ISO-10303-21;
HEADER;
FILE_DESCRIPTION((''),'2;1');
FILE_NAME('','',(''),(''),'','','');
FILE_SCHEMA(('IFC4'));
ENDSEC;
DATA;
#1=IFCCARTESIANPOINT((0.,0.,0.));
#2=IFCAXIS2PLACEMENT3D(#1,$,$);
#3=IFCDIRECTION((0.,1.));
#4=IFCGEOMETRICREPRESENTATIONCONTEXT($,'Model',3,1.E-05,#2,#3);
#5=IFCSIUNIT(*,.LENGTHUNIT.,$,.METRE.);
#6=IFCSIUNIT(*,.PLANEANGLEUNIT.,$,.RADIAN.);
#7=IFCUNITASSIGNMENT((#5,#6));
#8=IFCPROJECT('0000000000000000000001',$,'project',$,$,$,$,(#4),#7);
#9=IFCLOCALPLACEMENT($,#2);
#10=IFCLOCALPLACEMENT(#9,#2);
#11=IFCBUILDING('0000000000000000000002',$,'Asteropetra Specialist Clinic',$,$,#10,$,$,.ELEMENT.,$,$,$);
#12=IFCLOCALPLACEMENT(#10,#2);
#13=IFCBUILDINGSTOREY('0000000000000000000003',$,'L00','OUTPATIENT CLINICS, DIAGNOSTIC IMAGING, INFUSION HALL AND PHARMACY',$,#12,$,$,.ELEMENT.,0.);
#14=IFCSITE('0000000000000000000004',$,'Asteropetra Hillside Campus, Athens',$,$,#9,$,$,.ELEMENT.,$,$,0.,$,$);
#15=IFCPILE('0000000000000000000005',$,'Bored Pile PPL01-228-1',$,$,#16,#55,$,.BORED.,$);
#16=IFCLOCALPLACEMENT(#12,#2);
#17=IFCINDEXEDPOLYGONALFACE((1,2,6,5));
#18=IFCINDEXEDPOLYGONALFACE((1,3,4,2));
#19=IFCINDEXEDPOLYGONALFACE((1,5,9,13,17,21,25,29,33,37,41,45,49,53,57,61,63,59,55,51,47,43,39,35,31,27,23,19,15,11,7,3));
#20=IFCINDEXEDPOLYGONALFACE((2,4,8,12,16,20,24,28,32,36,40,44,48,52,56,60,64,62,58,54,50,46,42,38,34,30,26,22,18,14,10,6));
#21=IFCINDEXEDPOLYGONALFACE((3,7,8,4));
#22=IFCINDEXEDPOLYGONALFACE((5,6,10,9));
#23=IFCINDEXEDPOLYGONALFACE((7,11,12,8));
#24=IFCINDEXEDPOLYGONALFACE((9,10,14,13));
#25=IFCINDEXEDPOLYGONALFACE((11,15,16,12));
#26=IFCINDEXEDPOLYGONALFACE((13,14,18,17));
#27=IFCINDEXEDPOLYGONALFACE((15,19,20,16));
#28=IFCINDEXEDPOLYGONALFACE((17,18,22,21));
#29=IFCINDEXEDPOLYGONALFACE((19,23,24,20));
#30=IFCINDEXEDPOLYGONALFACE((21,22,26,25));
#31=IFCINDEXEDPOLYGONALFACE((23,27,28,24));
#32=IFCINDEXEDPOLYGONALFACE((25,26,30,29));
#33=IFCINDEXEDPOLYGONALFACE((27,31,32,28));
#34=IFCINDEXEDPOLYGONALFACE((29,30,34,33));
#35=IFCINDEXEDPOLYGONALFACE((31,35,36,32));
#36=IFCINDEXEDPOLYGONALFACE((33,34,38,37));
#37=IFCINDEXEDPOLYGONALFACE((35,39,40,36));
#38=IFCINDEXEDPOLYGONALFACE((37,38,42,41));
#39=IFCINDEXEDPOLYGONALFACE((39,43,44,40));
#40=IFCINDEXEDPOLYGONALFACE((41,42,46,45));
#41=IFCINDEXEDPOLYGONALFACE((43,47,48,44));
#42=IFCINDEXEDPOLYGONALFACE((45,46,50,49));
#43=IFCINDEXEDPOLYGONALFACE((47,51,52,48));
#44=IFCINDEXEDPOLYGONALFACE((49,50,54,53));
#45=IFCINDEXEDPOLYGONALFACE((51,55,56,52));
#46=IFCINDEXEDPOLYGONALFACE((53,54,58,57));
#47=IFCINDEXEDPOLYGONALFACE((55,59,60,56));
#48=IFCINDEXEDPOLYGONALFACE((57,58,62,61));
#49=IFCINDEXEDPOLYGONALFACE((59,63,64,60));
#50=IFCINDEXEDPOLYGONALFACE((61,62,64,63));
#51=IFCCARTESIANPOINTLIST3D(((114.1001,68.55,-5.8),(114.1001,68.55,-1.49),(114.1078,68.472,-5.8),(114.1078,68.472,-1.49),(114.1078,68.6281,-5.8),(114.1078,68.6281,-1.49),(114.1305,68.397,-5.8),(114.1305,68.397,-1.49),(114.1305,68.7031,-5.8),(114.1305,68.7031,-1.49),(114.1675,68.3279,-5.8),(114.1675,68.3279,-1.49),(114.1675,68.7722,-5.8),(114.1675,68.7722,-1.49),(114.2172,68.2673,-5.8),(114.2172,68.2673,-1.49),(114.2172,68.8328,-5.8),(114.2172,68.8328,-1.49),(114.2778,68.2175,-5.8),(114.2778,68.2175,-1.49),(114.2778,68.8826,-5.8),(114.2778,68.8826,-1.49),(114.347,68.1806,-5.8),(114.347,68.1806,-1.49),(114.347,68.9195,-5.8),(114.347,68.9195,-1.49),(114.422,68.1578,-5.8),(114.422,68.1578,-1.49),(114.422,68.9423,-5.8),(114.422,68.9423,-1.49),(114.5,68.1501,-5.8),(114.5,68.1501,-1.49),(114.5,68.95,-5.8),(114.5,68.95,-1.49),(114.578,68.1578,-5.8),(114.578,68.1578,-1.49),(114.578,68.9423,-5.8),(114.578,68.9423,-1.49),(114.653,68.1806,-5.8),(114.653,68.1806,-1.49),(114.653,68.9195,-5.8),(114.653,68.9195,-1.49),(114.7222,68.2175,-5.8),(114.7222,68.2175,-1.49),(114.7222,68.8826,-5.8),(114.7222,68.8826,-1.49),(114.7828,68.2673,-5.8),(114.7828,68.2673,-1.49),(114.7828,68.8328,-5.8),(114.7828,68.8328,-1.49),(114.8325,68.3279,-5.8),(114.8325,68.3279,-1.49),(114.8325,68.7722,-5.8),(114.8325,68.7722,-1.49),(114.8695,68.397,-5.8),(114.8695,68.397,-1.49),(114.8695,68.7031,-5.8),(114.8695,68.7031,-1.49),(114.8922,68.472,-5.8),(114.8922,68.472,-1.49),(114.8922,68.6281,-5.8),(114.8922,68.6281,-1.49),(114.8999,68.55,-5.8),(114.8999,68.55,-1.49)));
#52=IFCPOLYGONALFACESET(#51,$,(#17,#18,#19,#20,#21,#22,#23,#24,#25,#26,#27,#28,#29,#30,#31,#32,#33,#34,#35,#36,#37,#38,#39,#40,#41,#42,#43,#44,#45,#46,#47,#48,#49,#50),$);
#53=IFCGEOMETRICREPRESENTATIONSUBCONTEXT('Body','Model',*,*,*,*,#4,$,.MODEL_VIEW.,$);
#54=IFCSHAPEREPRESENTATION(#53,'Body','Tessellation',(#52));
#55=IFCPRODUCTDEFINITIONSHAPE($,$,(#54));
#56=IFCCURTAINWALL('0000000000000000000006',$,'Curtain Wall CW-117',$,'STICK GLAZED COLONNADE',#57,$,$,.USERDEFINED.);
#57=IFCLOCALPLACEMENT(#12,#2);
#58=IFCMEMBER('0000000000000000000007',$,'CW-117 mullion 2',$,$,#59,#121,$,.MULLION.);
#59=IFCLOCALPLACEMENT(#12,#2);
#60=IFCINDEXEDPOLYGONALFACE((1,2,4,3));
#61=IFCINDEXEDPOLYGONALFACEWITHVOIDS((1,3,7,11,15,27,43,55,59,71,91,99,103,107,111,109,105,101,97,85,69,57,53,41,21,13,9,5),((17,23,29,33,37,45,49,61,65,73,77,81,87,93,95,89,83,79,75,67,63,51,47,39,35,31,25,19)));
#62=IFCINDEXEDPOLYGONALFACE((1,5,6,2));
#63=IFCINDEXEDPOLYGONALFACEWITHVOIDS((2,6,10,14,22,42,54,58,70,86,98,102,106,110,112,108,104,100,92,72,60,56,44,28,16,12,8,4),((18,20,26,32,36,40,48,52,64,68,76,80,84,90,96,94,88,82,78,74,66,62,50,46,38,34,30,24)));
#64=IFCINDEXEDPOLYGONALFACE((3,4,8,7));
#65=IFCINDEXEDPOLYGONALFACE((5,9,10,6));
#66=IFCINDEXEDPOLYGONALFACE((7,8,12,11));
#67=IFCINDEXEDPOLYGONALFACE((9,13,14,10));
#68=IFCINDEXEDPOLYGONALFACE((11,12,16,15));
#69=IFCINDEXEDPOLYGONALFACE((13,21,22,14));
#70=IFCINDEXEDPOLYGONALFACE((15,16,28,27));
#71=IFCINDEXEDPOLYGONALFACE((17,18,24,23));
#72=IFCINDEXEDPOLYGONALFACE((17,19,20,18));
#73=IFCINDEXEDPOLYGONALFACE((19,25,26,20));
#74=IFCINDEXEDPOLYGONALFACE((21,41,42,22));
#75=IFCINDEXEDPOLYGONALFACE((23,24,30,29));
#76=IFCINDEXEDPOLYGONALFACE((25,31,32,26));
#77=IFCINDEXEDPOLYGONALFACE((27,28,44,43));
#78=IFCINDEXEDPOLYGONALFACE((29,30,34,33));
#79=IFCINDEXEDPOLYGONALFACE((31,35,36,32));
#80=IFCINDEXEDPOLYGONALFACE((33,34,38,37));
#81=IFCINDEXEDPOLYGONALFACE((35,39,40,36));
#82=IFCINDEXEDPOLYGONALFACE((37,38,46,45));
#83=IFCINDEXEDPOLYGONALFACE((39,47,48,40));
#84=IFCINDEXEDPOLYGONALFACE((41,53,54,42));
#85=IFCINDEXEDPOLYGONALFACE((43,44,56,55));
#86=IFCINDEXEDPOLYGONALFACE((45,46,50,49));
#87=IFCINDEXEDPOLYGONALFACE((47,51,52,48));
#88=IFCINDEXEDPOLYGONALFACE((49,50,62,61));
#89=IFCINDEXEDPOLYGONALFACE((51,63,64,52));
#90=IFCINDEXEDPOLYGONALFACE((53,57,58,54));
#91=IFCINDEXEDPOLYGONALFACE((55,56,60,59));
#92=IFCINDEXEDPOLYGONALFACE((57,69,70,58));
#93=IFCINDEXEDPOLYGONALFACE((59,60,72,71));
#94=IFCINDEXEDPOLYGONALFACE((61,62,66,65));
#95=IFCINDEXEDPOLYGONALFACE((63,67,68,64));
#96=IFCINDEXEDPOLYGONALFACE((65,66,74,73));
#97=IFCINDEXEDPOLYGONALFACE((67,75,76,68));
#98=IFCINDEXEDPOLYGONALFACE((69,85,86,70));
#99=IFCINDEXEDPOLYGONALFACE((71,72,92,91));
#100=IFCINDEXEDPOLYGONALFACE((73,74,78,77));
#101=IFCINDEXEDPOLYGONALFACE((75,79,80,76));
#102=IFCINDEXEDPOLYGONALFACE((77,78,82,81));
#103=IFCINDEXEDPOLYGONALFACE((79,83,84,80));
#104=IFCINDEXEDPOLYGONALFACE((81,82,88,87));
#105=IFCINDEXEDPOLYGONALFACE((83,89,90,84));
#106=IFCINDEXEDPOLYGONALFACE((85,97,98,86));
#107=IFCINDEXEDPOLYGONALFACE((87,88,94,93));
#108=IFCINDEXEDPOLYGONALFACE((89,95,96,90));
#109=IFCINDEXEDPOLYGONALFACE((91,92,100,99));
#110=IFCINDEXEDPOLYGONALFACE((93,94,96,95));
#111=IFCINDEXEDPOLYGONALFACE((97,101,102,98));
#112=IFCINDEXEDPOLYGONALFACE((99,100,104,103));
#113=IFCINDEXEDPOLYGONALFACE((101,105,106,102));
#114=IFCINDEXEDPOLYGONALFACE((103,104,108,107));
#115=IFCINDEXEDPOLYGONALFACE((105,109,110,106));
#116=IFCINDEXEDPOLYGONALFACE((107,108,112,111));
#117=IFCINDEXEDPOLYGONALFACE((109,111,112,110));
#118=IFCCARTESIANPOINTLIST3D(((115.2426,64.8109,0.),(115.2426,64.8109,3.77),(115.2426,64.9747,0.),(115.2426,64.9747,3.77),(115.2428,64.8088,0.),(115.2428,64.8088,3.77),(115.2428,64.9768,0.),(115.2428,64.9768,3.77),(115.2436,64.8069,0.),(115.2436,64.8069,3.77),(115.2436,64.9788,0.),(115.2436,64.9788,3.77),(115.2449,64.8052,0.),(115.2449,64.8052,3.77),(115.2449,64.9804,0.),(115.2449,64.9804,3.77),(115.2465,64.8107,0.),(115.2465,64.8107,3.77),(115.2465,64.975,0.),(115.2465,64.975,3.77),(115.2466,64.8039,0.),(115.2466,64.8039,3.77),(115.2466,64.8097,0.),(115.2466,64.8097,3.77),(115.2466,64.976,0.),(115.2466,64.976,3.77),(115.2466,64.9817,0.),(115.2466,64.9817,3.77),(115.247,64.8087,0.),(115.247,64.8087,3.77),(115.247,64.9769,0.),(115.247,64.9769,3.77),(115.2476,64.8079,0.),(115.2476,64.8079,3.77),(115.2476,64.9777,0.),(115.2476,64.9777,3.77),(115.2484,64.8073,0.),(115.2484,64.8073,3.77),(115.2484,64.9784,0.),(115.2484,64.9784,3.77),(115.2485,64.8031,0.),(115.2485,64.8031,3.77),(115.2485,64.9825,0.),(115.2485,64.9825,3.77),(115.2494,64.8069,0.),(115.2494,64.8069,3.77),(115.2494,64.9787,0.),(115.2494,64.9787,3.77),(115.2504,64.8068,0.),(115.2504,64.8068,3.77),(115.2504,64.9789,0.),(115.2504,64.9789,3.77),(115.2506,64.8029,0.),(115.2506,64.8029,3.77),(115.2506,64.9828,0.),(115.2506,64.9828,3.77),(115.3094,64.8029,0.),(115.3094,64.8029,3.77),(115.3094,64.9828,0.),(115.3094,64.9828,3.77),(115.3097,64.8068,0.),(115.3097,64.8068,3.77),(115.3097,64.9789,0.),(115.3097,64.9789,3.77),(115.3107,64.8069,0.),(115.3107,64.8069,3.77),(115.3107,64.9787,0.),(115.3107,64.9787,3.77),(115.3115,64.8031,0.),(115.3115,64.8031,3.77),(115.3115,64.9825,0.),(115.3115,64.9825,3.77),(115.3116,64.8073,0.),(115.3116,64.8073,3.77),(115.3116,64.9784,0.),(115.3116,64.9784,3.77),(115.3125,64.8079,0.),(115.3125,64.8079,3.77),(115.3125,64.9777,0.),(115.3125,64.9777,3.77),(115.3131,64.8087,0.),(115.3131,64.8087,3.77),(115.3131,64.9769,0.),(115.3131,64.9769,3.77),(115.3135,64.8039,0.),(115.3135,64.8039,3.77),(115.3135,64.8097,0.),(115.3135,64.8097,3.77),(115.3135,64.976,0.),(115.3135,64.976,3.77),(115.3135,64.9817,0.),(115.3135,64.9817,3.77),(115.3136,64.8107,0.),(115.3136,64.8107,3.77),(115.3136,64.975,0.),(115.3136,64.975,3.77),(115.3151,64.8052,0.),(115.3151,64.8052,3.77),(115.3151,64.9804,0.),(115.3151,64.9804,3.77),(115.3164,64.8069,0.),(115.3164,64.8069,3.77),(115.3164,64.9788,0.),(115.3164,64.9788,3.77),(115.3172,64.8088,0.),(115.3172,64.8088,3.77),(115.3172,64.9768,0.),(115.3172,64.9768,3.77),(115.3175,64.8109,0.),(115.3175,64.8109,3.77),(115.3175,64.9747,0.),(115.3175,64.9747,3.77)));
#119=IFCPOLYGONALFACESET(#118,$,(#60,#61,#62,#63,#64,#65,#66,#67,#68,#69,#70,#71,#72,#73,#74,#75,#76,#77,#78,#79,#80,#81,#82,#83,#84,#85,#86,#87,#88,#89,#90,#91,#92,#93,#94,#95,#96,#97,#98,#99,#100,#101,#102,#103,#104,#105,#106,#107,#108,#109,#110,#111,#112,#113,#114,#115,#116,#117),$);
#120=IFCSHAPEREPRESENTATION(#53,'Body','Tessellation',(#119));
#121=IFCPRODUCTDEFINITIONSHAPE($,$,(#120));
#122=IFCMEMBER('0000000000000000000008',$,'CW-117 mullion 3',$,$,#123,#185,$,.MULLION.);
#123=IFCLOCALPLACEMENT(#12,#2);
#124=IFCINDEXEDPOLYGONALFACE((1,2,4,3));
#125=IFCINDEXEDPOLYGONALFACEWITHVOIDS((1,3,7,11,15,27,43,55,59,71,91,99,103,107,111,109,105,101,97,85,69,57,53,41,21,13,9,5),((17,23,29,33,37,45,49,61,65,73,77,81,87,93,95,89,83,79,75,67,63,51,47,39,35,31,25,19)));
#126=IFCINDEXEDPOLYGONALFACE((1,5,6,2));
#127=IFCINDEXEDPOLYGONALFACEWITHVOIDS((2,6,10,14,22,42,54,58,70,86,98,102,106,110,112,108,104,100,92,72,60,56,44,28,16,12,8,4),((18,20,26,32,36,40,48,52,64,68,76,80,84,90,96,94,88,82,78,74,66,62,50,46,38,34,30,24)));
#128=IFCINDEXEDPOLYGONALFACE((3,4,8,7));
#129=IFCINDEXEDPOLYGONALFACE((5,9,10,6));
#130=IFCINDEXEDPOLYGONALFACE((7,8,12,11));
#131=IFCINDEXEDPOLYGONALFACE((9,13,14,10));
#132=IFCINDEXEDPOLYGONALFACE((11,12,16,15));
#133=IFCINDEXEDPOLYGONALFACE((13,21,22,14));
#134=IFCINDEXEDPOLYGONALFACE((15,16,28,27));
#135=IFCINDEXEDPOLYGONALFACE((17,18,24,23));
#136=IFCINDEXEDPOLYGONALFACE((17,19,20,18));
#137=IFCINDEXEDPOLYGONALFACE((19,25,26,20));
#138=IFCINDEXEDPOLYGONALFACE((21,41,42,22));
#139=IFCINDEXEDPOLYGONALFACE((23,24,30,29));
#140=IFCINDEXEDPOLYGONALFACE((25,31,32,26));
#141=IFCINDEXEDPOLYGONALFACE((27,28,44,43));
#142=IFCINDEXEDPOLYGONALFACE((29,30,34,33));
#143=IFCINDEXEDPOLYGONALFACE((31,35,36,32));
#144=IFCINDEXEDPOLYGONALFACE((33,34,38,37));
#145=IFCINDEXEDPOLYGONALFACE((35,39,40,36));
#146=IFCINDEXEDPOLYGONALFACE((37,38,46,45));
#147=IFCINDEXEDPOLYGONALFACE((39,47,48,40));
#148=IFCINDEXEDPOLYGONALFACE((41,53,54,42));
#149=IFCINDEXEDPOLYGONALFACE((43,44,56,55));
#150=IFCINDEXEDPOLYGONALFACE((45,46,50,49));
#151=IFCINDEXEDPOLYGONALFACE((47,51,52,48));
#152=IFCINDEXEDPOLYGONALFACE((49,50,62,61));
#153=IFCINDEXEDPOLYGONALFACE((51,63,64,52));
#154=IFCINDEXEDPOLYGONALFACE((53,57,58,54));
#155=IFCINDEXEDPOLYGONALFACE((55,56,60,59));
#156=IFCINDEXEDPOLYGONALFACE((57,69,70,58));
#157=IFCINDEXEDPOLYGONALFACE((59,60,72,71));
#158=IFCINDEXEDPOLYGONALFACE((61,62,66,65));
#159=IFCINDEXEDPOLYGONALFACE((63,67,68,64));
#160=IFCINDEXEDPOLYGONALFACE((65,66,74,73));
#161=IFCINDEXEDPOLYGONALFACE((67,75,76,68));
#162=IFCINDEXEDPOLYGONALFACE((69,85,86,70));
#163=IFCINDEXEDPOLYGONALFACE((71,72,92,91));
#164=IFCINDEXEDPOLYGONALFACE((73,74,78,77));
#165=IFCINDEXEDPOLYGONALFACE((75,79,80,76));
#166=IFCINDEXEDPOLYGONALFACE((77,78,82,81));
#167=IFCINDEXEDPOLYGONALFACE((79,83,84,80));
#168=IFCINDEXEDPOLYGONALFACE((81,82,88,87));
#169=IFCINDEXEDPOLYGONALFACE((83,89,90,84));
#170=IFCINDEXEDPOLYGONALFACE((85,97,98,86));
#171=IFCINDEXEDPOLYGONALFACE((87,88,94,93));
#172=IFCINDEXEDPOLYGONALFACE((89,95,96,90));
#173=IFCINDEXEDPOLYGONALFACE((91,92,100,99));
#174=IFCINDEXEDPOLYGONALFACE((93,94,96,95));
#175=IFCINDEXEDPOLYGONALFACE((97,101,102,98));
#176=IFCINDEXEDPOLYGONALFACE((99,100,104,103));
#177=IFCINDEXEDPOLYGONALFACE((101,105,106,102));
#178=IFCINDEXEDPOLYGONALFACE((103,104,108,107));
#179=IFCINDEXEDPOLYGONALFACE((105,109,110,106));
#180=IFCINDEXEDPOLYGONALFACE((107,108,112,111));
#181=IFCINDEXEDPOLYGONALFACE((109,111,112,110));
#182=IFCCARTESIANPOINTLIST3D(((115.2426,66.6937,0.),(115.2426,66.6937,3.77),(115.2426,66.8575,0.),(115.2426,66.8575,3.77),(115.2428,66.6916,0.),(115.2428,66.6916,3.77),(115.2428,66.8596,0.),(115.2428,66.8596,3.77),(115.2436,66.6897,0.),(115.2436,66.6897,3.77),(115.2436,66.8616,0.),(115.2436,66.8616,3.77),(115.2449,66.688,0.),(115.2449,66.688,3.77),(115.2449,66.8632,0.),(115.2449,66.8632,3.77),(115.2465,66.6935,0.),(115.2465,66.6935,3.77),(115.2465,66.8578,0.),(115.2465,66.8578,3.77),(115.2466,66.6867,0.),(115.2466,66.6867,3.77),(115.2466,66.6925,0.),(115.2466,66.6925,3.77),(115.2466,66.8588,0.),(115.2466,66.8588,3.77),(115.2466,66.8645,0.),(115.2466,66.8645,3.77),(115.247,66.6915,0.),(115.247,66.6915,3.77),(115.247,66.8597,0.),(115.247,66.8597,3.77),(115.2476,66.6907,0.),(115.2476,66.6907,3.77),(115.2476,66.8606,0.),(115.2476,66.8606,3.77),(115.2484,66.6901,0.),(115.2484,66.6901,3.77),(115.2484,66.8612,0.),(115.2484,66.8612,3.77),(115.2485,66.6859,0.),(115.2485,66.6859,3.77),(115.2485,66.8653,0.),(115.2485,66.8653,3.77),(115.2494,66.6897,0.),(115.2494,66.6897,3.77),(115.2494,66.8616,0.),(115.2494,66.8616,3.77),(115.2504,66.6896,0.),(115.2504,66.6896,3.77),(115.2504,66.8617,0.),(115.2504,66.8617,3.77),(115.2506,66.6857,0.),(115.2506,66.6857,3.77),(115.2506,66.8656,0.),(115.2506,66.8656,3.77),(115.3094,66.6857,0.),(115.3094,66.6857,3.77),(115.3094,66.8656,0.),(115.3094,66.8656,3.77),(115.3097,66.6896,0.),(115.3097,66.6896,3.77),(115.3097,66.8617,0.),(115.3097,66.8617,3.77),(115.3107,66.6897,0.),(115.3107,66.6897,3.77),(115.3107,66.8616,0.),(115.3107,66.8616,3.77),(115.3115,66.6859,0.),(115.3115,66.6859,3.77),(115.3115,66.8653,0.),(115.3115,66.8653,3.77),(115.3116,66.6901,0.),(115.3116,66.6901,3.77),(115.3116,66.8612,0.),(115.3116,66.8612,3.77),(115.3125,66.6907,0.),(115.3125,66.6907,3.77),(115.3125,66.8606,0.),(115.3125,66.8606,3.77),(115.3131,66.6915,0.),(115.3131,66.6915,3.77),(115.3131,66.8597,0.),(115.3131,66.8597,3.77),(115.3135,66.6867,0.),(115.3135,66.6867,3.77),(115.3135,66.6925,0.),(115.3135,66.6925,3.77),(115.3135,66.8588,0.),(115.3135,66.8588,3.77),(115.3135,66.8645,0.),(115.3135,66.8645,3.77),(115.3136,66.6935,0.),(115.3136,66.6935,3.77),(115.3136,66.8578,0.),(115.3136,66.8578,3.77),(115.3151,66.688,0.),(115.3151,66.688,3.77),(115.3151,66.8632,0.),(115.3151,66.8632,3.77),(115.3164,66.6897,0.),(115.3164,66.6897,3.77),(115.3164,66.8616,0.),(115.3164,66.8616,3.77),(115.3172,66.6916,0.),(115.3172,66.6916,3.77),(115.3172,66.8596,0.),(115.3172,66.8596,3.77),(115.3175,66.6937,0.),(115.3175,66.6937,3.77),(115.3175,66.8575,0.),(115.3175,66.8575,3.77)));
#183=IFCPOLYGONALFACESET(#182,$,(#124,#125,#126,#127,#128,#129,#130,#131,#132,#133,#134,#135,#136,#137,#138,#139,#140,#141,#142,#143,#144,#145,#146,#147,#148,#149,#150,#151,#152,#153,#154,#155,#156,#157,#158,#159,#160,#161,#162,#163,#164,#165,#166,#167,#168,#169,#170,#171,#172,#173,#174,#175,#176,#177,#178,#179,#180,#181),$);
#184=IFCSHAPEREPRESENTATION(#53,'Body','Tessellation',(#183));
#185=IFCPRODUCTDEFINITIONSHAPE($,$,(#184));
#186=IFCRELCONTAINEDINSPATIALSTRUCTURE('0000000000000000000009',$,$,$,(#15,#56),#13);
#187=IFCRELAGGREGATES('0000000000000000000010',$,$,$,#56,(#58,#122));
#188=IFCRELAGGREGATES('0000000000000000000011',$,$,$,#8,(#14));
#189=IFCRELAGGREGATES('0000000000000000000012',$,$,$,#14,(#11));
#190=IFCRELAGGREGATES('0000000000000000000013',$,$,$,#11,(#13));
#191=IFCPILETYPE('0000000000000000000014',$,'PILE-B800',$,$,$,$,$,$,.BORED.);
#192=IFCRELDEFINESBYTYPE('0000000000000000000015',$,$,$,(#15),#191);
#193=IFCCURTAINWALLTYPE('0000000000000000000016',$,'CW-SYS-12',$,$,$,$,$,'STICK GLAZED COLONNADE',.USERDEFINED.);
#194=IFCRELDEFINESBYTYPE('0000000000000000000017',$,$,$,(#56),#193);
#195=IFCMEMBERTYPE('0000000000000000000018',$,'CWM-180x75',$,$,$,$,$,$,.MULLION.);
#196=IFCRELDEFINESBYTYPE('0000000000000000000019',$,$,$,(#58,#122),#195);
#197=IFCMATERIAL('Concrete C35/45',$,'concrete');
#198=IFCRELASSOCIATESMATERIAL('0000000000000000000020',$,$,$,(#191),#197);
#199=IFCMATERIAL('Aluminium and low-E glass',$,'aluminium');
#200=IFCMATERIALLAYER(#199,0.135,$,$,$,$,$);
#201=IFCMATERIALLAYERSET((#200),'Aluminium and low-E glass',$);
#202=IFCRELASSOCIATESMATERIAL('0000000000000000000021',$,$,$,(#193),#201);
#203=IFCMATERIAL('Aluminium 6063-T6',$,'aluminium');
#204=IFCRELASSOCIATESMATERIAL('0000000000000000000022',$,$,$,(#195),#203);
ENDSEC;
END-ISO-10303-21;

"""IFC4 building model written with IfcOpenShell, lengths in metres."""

from ifc_helpers import new_model, si_unit, direction, frame, origin, origin_2d, place, context, subcontext, project, spatial, hollow_rectangle, circle, extrude, material, layer, layer_set, material_profile, profile_set, type_object, element, aggregate, save


model = new_model("IFC4")

# Units and contexts
model_context = context("Model", 3, precision=1e-05, world=origin(), true_north=direction((0.0, 1.0)))
body_context = subcontext(model_context, "Body", "Model", "MODEL_VIEW")
ifc_project = project(units=[si_unit("LENGTHUNIT", "METRE"), si_unit("PLANEANGLEUNIT", "RADIAN")], contexts=[model_context])

# Site, building, storey
site_placement = place(None, origin())
site = spatial("IfcSite", under=ifc_project, at=site_placement, Name="Asteropetra Hillside Campus, Athens", CompositionType="ELEMENT", RefElevation=0.0)
building_placement = place(site_placement, origin())
building = spatial("IfcBuilding", under=site, at=building_placement, Name="Asteropetra Specialist Clinic", CompositionType="ELEMENT")
storey_placement = place(building_placement, origin())
storey = spatial("IfcBuildingStorey", under=building, at=storey_placement, Name="L00", Description="OUTPATIENT CLINICS, DIAGNOSTIC IMAGING, INFUSION HALL AND PHARMACY", CompositionType="ELEMENT", Elevation=0.0)

# Pile
ifc_material_1 = material(Name="Concrete C35/45", Category="concrete")
ifc_material_profile_1 = material_profile(ifc_material_1, circle(Radius=0.3999, at=origin_2d()), Name="PILE D800")
ifc_profile_set_1 = profile_set([ifc_material_profile_1], Name="Concrete C35/45")
pile_type = type_object("IfcPileType", Name="PILE-B800", PredefinedType="BORED", material=ifc_profile_set_1)
pile_placement = place(storey_placement, frame((114.5, 68.55, -1.49), z_axis=(0.0, 0.0, -1.0), x_axis=(1.0, 0.0, 0.0)))
element("IfcPile", 1, at=pile_placement, inside=storey, type_object=pile_type, Name="Bored Pile PPL01-228-1", PredefinedType="BORED", context=body_context, shape_type="SweptSolid", body=[
    extrude(circle(Radius=0.3999, at=origin_2d()), origin(), (0.0, 0.0, 1.0), 4.3101),
])

# Curtain wall, members
ifc_material_2 = material(Name="Aluminium and low-E glass", Category="aluminium")
ifc_layer_1 = layer(ifc_material_2, 0.135)
ifc_layer_set_1 = layer_set([ifc_layer_1], Name="Aluminium and low-E glass")
curtain_wall_type = type_object("IfcCurtainWallType", Name="CW-SYS-12", ElementType="STICK GLAZED COLONNADE", PredefinedType="USERDEFINED", material=ifc_layer_set_1)
curtain_wall_placement = place(storey_placement, origin())
curtain_wall = element("IfcCurtainWall", 2, at=curtain_wall_placement, inside=storey, type_object=curtain_wall_type, Name="Curtain Wall CW-117", ObjectType="STICK GLAZED COLONNADE", PredefinedType="USERDEFINED")
ifc_material_3 = material(Name="Aluminium 6063-T6", Category="aluminium")
ifc_material_profile_2 = material_profile(ifc_material_3, hollow_rectangle(XDim=0.075, YDim=0.1799, WallThickness=0.0039, InnerFilletRadius=0.0039, OuterFilletRadius=0.0081, at=origin_2d()), Name="MUL 180x75x4.0")
ifc_profile_set_2 = profile_set([ifc_material_profile_2], Name="Aluminium 6063-T6")
member_type_1 = type_object("IfcMemberType", Name="CWM-180x75", PredefinedType="MULLION", material=ifc_profile_set_2)
member_1_placement = place(storey_placement, frame((115.28, 64.8928, 0.0), z_axis=(0.0, 0.0, 1.0), x_axis=(-1.0, 0.0, 0.0)))
member_1 = element("IfcMember", 3, at=member_1_placement, type_object=member_type_1, Name="CW-117 mullion 2", PredefinedType="MULLION", context=body_context, shape_type="SweptSolid", body=[
    extrude(hollow_rectangle(XDim=0.075, YDim=0.1799, WallThickness=0.0039, InnerFilletRadius=0.0039, OuterFilletRadius=0.0081, at=origin_2d()), origin(), (0.0, 0.0, 1.0), 3.77),
])
member_2_placement = place(storey_placement, frame((115.28, 66.7756, 0.0), z_axis=(0.0, 0.0, 1.0), x_axis=(-1.0, 0.0, 0.0)))
member_2 = element("IfcMember", 4, at=member_2_placement, type_object=member_type_1, Name="CW-117 mullion 3", PredefinedType="MULLION", context=body_context, shape_type="SweptSolid", body=[
    extrude(hollow_rectangle(XDim=0.075, YDim=0.1799, WallThickness=0.0039, InnerFilletRadius=0.0039, OuterFilletRadius=0.0081, at=origin_2d()), origin(), (0.0, 0.0, 1.0), 3.77),
])
aggregate(curtain_wall, [member_1, member_2])

save(model, "model.ifc")
